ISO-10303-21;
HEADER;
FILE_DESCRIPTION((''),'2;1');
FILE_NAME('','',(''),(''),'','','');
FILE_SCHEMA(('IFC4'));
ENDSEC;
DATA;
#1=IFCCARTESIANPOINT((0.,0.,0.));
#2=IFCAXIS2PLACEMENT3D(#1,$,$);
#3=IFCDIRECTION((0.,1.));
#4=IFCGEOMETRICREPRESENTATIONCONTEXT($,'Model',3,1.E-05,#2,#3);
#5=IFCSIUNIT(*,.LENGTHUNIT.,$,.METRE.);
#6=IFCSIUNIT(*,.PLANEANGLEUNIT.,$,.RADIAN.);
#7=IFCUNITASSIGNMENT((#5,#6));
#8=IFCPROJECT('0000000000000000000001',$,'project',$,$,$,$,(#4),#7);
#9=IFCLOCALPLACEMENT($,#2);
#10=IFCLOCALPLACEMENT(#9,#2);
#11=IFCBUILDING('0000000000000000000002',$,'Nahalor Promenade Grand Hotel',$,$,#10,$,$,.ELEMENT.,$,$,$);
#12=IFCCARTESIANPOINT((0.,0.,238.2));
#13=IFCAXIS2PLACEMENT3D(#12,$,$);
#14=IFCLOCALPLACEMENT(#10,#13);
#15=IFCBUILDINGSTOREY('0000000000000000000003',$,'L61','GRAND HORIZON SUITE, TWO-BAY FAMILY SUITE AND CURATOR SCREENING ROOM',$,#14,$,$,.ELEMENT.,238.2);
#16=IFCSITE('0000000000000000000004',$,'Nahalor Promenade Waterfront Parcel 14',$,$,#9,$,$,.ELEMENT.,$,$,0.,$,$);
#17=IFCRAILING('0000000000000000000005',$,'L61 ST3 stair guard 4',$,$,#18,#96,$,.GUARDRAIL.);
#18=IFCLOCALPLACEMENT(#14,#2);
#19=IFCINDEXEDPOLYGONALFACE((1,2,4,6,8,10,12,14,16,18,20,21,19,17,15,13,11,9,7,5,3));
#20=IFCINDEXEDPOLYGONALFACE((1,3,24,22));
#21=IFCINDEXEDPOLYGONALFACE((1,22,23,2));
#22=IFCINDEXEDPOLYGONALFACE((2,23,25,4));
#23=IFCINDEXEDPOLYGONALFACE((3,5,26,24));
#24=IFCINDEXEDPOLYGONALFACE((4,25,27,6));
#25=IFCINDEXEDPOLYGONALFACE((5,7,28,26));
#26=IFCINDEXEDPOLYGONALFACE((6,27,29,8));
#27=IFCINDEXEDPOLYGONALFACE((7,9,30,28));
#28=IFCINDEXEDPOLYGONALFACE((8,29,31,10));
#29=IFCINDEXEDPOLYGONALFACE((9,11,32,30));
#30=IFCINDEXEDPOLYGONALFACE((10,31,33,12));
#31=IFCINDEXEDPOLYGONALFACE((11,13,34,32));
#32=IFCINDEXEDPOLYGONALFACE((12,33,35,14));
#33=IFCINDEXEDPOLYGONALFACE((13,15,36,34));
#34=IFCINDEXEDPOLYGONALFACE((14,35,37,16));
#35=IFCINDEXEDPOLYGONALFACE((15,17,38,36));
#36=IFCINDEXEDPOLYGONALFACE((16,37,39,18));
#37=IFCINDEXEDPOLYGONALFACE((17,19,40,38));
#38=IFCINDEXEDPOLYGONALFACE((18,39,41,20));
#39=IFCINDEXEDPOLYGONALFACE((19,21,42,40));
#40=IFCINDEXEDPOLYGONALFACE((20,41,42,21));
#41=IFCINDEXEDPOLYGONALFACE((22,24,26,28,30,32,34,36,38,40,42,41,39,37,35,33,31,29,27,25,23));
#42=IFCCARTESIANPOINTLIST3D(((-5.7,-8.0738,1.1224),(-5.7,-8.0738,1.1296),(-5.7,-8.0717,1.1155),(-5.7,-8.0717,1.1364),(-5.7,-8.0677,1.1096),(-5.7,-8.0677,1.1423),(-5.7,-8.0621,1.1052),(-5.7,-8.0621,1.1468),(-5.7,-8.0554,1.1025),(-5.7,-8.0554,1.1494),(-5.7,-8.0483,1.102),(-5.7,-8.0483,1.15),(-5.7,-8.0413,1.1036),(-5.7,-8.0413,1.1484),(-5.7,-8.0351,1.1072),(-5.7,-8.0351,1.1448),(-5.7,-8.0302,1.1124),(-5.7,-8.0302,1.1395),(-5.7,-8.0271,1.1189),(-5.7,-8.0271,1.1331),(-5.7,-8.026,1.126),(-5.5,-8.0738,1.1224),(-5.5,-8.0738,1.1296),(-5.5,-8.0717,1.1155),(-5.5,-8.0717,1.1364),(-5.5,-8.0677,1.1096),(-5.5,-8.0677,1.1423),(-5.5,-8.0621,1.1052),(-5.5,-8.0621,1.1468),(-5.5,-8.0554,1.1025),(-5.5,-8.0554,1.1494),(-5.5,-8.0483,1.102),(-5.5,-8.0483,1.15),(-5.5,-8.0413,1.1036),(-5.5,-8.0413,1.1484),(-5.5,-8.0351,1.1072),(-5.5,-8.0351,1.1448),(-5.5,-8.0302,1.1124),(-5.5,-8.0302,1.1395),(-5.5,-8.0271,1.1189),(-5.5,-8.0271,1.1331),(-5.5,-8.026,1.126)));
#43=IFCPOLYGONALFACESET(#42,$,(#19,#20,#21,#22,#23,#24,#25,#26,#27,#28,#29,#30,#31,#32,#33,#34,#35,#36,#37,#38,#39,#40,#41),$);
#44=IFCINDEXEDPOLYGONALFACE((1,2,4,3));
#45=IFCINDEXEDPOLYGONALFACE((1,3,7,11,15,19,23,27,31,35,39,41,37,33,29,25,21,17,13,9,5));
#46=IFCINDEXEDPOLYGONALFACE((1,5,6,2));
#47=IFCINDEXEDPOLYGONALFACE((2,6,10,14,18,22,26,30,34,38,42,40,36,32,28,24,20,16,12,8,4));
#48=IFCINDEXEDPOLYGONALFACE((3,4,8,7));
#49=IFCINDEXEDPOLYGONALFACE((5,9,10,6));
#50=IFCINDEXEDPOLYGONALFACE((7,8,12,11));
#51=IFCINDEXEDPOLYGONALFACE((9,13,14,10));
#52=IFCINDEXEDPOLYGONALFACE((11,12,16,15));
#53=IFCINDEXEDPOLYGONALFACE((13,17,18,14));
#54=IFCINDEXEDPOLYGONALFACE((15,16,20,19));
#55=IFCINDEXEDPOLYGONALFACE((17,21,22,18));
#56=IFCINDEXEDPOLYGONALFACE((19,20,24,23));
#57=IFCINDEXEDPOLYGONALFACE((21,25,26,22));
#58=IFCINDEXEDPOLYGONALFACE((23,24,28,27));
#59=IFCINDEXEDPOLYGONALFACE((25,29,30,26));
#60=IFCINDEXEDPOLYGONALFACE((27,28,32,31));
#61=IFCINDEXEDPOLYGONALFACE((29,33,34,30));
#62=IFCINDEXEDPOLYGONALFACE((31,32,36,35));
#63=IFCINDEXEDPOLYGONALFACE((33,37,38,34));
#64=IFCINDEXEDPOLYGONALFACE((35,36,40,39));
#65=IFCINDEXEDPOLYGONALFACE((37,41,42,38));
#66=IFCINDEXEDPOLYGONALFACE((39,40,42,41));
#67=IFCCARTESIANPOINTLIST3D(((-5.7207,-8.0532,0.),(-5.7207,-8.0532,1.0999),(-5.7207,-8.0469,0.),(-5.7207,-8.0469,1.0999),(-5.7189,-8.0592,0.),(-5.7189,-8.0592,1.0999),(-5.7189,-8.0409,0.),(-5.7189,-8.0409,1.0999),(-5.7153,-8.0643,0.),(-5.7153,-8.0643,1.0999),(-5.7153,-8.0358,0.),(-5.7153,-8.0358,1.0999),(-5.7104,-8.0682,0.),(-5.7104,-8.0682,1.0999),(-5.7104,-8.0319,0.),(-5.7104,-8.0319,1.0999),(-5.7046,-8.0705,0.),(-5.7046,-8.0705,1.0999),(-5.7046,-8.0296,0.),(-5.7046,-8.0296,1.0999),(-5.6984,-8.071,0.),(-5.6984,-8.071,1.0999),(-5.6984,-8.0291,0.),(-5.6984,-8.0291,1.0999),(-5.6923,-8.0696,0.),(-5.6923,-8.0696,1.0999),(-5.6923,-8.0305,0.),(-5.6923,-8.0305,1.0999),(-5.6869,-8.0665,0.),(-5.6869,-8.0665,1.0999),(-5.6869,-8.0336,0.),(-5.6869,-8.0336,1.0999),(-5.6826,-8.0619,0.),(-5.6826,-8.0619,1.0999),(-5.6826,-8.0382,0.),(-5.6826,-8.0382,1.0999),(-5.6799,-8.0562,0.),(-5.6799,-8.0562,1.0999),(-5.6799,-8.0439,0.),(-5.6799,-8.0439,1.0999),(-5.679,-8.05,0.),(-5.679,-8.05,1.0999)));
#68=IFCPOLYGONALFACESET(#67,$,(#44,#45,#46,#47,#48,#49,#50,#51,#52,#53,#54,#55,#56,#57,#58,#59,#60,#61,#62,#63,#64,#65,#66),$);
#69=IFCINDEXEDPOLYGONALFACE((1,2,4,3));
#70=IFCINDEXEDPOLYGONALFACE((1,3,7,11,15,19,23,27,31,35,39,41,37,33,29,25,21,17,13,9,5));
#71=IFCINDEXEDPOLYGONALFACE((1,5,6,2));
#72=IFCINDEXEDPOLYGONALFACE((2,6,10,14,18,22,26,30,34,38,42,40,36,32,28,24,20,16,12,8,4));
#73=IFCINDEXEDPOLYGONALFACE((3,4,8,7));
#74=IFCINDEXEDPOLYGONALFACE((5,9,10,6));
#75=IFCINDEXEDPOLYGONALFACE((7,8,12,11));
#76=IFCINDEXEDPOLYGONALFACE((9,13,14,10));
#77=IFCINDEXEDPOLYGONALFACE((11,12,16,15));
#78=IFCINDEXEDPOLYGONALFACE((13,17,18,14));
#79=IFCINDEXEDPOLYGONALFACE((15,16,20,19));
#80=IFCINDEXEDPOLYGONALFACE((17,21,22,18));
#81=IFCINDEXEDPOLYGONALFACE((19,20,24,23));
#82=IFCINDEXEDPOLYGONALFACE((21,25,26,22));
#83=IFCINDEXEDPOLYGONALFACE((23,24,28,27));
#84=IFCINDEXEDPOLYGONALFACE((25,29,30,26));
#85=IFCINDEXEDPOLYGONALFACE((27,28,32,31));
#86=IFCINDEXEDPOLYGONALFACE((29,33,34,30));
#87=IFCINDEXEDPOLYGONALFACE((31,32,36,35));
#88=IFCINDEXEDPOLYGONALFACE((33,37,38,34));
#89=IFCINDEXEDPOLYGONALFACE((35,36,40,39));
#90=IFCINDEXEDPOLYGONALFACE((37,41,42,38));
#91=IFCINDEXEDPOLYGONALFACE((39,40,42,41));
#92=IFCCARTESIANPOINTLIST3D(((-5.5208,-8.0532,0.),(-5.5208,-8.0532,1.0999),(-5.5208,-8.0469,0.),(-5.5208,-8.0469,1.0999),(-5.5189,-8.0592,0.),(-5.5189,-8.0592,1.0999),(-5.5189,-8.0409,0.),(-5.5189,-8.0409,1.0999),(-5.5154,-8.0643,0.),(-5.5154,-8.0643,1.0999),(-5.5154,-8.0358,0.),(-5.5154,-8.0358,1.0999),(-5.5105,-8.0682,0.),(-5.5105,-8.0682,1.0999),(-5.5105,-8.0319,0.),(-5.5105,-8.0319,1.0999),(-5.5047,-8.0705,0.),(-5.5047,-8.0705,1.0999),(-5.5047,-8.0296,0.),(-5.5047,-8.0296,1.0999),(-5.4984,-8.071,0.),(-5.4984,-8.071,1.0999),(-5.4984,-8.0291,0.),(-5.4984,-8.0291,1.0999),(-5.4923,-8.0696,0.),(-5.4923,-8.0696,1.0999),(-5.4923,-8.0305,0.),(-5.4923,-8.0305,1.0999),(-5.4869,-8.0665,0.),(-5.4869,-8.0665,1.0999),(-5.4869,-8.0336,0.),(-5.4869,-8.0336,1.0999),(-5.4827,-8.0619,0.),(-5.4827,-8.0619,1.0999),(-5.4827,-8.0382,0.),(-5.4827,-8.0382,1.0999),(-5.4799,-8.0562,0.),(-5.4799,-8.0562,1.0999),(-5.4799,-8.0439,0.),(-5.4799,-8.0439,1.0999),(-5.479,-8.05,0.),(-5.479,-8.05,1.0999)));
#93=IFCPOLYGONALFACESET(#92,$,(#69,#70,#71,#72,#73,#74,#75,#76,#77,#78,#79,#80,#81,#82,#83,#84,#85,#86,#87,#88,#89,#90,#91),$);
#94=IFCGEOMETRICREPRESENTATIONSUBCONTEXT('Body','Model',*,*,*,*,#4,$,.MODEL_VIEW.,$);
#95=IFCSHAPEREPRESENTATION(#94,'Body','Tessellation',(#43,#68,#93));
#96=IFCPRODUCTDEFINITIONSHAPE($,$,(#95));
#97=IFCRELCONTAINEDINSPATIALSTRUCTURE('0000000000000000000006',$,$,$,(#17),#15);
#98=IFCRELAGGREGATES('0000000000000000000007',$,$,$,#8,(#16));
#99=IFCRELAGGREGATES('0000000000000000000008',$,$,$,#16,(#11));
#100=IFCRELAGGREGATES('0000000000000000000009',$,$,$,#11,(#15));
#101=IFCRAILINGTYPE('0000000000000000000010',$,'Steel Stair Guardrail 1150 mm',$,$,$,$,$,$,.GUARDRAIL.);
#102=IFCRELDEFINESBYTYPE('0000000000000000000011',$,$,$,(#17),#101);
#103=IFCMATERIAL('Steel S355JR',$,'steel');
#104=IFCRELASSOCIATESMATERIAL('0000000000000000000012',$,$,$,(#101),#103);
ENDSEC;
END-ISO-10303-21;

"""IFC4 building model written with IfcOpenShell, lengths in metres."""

from ifc_helpers import new_model, si_unit, direction, frame, origin, origin_2d, place, context, subcontext, project, spatial, circle, extrude, material, type_object, element, save


model = new_model("IFC4")

# Units and contexts
model_context = context("Model", 3, precision=1e-05, world=origin(), true_north=direction((0.0, 1.0)))
body_context = subcontext(model_context, "Body", "Model", "MODEL_VIEW")
ifc_project = project(units=[si_unit("LENGTHUNIT", "METRE"), si_unit("PLANEANGLEUNIT", "RADIAN")], contexts=[model_context])

# Site, building, storey
site_placement = place(None, origin())
site = spatial("IfcSite", under=ifc_project, at=site_placement, Name="Nahalor Promenade Waterfront Parcel 14", CompositionType="ELEMENT", RefElevation=0.0)
building_placement = place(site_placement, origin())
building = spatial("IfcBuilding", under=site, at=building_placement, Name="Nahalor Promenade Grand Hotel", CompositionType="ELEMENT")
storey_placement = place(building_placement, frame((0.0, 0.0, 238.2)))
storey = spatial("IfcBuildingStorey", under=building, at=storey_placement, Name="L61", Description="GRAND HORIZON SUITE, TWO-BAY FAMILY SUITE AND CURATOR SCREENING ROOM", CompositionType="ELEMENT", Elevation=238.2)

# Shared definitions
ifc_material_1 = material(Name="Steel S355JR", Category="steel")

# Railing
railing_type_1 = type_object("IfcRailingType", Name="Steel Stair Guardrail 1150 mm", PredefinedType="GUARDRAIL", material=ifc_material_1)
railing_1_placement = place(storey_placement, frame((-5.7, -8.05, 0.0)))
element("IfcRailing", 1, at=railing_1_placement, inside=storey, type_object=railing_type_1, Name="L61 ST3 stair guard 4", PredefinedType="GUARDRAIL", context=body_context, shape_type="SweptSolid", body=[
    extrude(circle(Radius=0.024, at=origin_2d()), frame((0.0, 0.0, 1.126), z_axis=(1.0, 0.0, 0.0), x_axis=(0.0, 1.0, 0.0)), (0.0, 0.0, 1.0), 0.2),
    extrude(circle(Radius=0.021, at=origin_2d()), origin(), (0.0, 0.0, 1.0), 1.0999),
    extrude(circle(Radius=0.021, at=origin_2d()), frame((0.2, 0.0, 0.0)), (0.0, 0.0, 1.0), 1.0999),
])

save(model, "model.ifc")
